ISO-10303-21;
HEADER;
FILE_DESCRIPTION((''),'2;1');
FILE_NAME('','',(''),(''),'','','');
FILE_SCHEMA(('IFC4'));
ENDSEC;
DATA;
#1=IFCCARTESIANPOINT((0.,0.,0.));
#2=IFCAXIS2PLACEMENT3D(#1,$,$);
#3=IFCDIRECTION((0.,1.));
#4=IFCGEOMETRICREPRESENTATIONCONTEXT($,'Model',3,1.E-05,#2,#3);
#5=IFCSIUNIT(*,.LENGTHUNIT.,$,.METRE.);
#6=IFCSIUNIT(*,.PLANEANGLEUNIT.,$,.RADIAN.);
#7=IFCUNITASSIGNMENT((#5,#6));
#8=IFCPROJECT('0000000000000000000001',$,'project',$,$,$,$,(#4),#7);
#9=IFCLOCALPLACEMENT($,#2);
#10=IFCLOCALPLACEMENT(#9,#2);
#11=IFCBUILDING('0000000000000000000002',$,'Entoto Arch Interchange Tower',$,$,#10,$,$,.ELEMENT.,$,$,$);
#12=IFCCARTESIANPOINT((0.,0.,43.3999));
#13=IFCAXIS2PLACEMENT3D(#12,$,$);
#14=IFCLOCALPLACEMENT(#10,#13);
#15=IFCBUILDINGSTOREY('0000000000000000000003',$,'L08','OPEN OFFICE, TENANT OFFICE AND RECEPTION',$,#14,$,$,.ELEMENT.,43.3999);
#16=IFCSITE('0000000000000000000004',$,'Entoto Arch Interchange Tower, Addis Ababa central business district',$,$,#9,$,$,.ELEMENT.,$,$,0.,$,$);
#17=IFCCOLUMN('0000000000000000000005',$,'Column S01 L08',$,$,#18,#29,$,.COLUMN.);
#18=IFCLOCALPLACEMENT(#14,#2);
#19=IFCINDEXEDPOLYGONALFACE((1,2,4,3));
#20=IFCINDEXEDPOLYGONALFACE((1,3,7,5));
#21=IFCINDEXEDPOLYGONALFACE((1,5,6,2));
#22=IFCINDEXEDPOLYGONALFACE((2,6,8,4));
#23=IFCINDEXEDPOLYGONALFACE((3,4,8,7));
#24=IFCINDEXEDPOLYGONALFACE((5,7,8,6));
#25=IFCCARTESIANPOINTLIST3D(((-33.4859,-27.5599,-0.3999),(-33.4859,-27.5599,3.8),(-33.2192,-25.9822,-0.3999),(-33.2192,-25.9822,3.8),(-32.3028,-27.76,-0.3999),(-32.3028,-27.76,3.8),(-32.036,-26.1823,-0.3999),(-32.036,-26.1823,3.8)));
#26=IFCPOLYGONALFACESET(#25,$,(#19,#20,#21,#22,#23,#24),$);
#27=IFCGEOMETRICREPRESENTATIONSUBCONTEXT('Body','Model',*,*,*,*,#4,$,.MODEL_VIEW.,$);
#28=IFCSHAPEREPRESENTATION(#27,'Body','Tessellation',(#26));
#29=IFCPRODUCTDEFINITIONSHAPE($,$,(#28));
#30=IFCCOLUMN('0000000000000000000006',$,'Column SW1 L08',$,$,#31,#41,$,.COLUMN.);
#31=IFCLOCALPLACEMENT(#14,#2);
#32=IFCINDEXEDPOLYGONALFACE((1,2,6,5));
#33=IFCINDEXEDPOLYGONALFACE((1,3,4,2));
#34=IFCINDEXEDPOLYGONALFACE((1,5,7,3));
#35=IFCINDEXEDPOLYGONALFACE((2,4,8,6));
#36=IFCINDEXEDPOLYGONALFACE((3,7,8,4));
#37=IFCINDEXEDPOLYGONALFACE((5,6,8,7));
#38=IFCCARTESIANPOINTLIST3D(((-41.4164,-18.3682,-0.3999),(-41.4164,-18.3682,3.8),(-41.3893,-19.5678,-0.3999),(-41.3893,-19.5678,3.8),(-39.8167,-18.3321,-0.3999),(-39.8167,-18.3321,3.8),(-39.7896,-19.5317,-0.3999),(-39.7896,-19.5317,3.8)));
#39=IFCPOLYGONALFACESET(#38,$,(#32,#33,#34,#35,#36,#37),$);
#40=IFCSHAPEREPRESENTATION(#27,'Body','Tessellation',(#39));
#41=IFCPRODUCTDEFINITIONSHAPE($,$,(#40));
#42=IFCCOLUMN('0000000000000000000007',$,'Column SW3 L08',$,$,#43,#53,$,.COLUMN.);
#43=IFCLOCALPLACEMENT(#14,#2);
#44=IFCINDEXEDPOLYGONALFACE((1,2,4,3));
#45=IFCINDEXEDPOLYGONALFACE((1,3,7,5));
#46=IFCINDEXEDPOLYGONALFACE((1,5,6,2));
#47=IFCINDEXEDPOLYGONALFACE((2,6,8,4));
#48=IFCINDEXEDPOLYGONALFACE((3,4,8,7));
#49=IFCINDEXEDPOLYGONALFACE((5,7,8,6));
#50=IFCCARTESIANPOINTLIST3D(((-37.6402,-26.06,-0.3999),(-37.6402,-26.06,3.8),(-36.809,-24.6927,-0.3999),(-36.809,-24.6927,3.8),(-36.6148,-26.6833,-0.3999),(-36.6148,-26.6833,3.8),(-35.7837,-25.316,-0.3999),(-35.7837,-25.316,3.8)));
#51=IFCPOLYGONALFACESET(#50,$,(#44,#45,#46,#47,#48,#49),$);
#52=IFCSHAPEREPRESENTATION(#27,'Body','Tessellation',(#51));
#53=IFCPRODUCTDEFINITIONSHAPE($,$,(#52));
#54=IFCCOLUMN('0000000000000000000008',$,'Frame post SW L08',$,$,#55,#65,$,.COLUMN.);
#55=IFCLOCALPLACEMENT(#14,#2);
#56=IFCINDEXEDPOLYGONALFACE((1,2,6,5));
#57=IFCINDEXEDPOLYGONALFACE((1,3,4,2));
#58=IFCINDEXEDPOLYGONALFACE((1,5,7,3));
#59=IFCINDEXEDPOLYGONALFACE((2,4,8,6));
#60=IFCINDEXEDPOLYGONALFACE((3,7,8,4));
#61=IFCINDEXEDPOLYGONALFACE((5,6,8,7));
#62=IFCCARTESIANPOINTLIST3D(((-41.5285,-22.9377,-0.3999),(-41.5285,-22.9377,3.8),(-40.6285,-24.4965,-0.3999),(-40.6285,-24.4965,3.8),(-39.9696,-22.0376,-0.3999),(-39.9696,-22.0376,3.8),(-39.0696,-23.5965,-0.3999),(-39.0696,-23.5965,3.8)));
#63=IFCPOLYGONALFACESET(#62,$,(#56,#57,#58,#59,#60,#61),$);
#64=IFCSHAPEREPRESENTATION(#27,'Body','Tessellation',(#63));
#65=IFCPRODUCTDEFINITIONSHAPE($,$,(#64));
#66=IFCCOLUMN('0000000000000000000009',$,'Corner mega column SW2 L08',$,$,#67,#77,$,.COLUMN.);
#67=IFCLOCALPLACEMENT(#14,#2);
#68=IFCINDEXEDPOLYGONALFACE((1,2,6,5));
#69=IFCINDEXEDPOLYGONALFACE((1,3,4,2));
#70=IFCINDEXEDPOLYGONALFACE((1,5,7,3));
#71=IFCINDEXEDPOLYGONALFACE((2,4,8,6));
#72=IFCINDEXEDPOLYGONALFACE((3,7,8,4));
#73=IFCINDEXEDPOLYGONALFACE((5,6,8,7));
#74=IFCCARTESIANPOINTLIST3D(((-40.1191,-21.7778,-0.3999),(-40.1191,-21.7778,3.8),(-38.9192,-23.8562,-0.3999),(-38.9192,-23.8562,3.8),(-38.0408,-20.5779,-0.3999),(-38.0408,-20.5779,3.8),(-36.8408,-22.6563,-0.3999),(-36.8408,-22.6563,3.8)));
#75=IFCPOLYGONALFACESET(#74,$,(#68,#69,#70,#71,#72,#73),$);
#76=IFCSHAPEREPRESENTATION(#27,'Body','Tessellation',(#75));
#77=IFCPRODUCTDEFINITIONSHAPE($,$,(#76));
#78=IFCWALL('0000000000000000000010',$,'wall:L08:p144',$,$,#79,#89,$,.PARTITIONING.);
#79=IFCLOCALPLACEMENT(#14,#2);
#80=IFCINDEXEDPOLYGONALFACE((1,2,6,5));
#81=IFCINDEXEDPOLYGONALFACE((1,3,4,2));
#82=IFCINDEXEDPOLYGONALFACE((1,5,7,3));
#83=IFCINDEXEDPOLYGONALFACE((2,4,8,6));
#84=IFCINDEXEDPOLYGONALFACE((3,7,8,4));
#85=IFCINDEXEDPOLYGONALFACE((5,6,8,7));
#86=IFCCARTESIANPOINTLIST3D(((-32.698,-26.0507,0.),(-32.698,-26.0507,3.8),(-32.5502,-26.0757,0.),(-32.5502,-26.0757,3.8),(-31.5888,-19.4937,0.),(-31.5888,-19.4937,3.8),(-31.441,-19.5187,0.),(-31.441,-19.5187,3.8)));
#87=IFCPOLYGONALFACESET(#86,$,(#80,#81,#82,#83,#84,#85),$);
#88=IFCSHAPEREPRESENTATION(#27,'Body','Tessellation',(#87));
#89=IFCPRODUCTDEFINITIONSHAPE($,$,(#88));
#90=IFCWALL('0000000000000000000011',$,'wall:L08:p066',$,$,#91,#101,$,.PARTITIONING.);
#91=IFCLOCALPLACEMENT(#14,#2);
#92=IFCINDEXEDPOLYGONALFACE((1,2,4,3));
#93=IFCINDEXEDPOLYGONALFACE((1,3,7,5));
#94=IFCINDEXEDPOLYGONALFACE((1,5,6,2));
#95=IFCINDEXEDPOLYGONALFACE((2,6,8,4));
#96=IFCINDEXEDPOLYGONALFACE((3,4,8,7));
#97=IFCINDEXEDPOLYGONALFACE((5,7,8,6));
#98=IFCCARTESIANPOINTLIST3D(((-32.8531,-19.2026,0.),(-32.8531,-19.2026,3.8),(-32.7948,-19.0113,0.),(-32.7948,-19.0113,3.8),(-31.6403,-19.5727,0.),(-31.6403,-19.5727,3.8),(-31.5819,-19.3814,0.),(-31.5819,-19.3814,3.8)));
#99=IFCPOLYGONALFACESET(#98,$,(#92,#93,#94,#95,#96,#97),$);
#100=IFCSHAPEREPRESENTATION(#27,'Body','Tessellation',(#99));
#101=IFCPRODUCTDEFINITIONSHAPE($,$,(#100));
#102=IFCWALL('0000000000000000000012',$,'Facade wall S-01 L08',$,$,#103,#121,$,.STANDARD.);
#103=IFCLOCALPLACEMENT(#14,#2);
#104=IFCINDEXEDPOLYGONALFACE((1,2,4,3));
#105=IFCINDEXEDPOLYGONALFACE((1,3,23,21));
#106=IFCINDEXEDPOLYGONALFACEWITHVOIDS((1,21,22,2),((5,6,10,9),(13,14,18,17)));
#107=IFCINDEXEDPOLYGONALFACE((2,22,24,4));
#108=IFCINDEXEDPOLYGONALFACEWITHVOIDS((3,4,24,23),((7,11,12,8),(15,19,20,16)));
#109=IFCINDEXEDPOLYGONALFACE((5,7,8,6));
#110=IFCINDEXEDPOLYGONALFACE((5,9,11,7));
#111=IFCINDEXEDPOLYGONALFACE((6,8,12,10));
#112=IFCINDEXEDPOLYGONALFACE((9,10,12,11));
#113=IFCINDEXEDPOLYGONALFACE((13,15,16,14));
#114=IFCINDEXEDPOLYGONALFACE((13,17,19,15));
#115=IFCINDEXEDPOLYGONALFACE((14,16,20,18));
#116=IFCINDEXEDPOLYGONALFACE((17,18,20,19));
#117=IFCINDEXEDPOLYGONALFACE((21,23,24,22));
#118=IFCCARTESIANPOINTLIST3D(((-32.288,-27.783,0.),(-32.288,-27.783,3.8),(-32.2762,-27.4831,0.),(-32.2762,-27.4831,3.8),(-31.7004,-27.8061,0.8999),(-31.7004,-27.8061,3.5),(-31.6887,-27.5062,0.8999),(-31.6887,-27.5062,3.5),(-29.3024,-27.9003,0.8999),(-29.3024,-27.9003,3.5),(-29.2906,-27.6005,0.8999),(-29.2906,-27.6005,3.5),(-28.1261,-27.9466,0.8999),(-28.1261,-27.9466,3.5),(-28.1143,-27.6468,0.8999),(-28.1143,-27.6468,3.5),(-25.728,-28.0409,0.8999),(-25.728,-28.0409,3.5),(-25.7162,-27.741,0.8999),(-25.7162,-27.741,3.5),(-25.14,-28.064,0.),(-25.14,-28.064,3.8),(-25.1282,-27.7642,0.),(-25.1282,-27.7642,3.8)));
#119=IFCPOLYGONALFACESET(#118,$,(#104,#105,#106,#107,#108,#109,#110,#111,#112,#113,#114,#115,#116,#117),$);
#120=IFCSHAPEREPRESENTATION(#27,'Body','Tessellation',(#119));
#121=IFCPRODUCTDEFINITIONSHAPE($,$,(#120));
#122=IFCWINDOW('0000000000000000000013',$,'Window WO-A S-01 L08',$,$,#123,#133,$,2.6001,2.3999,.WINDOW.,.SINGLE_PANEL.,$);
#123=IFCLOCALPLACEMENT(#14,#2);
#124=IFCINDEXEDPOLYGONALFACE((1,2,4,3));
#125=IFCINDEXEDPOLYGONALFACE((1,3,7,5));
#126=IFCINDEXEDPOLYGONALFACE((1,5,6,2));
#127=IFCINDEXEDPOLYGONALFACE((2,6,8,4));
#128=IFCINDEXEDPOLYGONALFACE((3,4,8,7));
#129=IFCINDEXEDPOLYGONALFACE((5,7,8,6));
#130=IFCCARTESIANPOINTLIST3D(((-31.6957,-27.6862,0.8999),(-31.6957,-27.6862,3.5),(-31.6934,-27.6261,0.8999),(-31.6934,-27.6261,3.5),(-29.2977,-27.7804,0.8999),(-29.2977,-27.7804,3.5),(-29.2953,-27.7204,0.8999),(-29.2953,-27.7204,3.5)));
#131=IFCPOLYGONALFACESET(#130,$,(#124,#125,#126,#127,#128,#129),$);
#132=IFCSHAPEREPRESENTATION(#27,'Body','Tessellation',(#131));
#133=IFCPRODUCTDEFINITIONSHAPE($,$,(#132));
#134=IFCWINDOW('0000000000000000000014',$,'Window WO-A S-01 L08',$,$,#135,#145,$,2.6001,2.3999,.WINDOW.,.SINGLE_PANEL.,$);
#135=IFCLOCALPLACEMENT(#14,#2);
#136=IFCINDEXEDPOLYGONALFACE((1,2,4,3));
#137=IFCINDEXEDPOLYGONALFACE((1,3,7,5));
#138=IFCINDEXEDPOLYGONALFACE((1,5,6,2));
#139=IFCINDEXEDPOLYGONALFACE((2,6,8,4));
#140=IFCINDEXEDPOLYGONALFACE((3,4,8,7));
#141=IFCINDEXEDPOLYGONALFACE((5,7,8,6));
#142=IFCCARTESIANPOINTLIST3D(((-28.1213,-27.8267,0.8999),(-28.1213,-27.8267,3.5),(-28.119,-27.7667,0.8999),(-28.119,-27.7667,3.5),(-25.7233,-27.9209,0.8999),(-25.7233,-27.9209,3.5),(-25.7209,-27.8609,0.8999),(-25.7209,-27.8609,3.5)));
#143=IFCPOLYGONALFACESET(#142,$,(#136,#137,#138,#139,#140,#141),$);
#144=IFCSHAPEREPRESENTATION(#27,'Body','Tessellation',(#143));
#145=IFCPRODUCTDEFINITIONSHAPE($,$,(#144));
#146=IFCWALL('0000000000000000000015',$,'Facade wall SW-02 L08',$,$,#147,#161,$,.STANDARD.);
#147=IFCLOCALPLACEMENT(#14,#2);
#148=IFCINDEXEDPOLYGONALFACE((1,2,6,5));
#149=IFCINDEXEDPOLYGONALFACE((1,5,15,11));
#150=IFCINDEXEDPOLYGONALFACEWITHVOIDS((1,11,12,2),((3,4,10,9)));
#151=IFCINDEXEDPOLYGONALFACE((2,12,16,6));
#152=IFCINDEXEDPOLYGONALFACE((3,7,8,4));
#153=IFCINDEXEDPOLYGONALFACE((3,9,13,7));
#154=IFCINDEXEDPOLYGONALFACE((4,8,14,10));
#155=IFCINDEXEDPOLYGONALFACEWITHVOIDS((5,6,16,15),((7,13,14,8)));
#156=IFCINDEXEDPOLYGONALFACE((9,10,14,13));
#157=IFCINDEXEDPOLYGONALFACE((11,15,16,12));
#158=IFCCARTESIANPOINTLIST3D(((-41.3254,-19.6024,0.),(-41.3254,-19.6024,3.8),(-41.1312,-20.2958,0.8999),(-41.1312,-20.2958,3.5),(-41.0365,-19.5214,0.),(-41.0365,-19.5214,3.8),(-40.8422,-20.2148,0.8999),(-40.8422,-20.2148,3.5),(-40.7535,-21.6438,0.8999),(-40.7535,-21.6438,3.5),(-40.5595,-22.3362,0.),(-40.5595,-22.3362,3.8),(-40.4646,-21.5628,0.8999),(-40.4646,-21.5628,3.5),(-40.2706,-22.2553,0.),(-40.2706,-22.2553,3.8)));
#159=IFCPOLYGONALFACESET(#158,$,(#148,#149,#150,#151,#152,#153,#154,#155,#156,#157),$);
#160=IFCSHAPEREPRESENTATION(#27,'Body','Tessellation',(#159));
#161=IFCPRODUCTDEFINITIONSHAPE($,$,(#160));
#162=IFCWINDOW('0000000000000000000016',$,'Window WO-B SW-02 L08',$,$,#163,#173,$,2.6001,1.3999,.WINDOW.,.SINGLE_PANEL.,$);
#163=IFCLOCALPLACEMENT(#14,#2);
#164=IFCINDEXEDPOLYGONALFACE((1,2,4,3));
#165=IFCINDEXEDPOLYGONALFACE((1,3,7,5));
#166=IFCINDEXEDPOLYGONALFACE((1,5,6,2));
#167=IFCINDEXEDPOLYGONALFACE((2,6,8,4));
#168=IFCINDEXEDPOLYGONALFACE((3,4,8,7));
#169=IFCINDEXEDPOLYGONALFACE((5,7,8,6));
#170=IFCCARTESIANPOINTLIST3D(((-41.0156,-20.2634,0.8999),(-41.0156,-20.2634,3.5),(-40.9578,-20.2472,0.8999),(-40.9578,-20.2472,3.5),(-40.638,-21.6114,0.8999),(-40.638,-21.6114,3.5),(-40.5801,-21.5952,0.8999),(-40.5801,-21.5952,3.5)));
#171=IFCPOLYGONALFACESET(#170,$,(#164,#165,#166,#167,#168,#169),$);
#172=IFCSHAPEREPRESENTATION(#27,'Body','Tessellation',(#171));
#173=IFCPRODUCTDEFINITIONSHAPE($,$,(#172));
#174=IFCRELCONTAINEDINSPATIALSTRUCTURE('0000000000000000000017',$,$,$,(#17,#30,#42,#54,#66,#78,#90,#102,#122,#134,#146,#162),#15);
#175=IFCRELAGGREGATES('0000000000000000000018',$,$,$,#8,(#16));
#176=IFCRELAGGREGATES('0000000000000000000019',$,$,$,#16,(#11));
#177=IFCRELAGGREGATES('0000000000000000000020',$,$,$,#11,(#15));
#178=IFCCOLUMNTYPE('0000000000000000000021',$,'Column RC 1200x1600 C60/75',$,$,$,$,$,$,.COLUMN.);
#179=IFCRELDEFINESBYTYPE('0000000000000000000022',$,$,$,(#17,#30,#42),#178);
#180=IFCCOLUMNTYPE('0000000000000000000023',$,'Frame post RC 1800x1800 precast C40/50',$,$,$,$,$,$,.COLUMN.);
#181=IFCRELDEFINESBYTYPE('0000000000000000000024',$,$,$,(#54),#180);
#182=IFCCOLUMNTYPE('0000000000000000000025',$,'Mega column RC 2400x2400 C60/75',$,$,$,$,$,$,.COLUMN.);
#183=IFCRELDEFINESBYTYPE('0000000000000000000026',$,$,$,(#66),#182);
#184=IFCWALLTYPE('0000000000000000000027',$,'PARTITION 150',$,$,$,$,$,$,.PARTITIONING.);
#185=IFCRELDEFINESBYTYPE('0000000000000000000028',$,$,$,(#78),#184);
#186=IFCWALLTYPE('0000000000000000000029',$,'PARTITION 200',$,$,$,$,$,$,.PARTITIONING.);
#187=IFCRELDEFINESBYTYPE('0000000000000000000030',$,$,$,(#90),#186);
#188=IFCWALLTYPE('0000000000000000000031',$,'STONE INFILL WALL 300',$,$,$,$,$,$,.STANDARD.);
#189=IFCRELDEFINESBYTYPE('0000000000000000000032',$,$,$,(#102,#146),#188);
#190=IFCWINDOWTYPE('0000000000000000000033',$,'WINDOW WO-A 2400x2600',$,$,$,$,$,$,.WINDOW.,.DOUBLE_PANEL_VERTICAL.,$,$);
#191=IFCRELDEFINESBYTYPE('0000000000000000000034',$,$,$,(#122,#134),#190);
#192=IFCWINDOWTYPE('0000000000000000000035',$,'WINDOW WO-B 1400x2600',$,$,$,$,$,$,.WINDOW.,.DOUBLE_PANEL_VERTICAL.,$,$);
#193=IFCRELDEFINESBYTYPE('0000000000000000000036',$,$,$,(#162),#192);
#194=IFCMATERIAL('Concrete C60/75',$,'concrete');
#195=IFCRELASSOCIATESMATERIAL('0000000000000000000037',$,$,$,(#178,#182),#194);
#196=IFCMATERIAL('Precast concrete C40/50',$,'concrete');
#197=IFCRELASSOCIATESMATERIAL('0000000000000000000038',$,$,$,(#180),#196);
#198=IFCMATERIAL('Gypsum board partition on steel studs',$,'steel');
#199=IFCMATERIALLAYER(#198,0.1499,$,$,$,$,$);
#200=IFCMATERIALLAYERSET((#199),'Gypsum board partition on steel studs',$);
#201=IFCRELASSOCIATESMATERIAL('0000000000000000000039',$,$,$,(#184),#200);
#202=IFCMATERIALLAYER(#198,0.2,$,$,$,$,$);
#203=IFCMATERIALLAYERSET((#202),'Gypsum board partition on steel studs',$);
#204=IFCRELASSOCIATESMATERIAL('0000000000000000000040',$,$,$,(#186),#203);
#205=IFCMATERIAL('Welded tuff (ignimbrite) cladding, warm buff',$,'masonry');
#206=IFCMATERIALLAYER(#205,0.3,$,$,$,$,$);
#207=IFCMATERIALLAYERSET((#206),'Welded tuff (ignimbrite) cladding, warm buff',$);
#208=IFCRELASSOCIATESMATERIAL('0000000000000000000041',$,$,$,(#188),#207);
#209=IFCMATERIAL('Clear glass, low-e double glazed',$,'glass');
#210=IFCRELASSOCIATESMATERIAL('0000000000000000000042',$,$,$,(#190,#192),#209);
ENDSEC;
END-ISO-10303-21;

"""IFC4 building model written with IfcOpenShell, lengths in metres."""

from ifc_helpers import new_model, si_unit, direction, frame, frame_2d, origin, origin_2d, place, context, subcontext, project, spatial, rectangle, extrude, material, layer, layer_set, material_profile, profile_set, type_object, element, fill, save


model = new_model("IFC4")

# Units and contexts
model_context = context("Model", 3, precision=1e-05, world=origin(), true_north=direction((0.0, 1.0)))
body_context = subcontext(model_context, "Body", "Model", "MODEL_VIEW")
ifc_project = project(units=[si_unit("LENGTHUNIT", "METRE"), si_unit("PLANEANGLEUNIT", "RADIAN")], contexts=[model_context])

# Site, building, storey
site_placement = place(None, origin())
site = spatial("IfcSite", under=ifc_project, at=site_placement, Name="Entoto Arch Interchange Tower, Addis Ababa central business district", CompositionType="ELEMENT", RefElevation=0.0)
building_placement = place(site_placement, origin())
building = spatial("IfcBuilding", under=site, at=building_placement, Name="Entoto Arch Interchange Tower", CompositionType="ELEMENT")
storey_placement = place(building_placement, frame((0.0, 0.0, 43.3999)))
storey = spatial("IfcBuildingStorey", under=building, at=storey_placement, Name="L08", Description="OPEN OFFICE, TENANT OFFICE AND RECEPTION", CompositionType="ELEMENT", Elevation=43.3999)

# Columns
ifc_material_1 = material(Name="Concrete C60/75", Category="concrete")
ifc_material_profile_1 = material_profile(ifc_material_1, rectangle(XDim=1.2, YDim=1.6001, at=origin_2d()))
ifc_profile_set_1 = profile_set([ifc_material_profile_1], Name="Concrete C60/75")
column_type_1 = type_object("IfcColumnType", Name="Column RC 1200x1600 C60/75", PredefinedType="COLUMN", material=ifc_profile_set_1)
for number, where, z_axis, x_axis, name in (
    (1, (-32.761, -26.8711, -0.3999), (0.0, 0.0, 1.0), (-0.986005, 0.166717, 0.0), "Column S01 L08"),
    (2, (-40.603, -18.95, -0.3999), (0.0, 0.0, 1.0), (-0.022565, 0.999745, 0.0), "Column SW1 L08"),
    (3, (-36.7119, -25.688, -0.3999), (0.0, 0.0, 1.0), (-0.854522, 0.519415, 0.0), "Column SW3 L08"),
):
    element("IfcColumn", number, at=place(storey_placement, frame(where, z_axis=z_axis, x_axis=x_axis)), inside=storey, type_object=column_type_1, Name=name, PredefinedType="COLUMN", context=body_context, shape_type="SweptSolid", body=[
        extrude(rectangle(XDim=1.2, YDim=1.6001, at=origin_2d()), origin(), (0.0, 0.0, 1.0), 4.2),
    ])
ifc_material_2 = material(Name="Precast concrete C40/50", Category="concrete")
ifc_material_profile_2 = material_profile(ifc_material_2, rectangle(XDim=1.8, YDim=1.8, at=origin_2d()))
ifc_profile_set_2 = profile_set([ifc_material_profile_2], Name="Precast concrete C40/50")
column_type_2 = type_object("IfcColumnType", Name="Frame post RC 1800x1800 precast C40/50", PredefinedType="COLUMN", material=ifc_profile_set_2)
column_1_placement = place(storey_placement, frame((-40.2991, -23.2671, -0.3999), z_axis=(0.0, 0.0, 1.0), x_axis=(0.866025, 0.5, 0.0)))
element("IfcColumn", 4, at=column_1_placement, inside=storey, type_object=column_type_2, Name="Frame post SW L08", PredefinedType="COLUMN", context=body_context, shape_type="SweptSolid", body=[
    extrude(rectangle(XDim=1.8, YDim=1.8, at=origin_2d()), origin(), (0.0, 0.0, 1.0), 4.2),
])
ifc_material_profile_3 = material_profile(ifc_material_1, rectangle(XDim=2.3999, YDim=2.3999, at=origin_2d()))
ifc_profile_set_3 = profile_set([ifc_material_profile_3], Name="Concrete C60/75")
column_type_3 = type_object("IfcColumnType", Name="Mega column RC 2400x2400 C60/75", PredefinedType="COLUMN", material=ifc_profile_set_3)
column_2_placement = place(storey_placement, frame((-38.48, -22.217, -0.3999), z_axis=(0.0, 0.0, 1.0), x_axis=(0.866025, 0.5, 0.0)))
element("IfcColumn", 5, at=column_2_placement, inside=storey, type_object=column_type_3, Name="Corner mega column SW2 L08", PredefinedType="COLUMN", context=body_context, shape_type="SweptSolid", body=[
    extrude(rectangle(XDim=2.3999, YDim=2.3999, at=origin_2d()), origin(), (0.0, 0.0, 1.0), 4.2),
])

# Walls
ifc_material_3 = material(Name="Gypsum board partition on steel studs", Category="steel")
ifc_layer_1 = layer(ifc_material_3, 0.1499)
ifc_layer_set_1 = layer_set([ifc_layer_1], Name="Gypsum board partition on steel studs")
wall_type_1 = type_object("IfcWallType", Name="PARTITION 150", PredefinedType="PARTITIONING", material=ifc_layer_set_1)
wall_1_placement = place(storey_placement, frame((-31.5149, -19.5061, 0.0), z_axis=(0.0, 0.0, 1.0), x_axis=(-0.166786, -0.985993, 0.0)))
element("IfcWall", 6, at=wall_1_placement, inside=storey, type_object=wall_type_1, Name="wall:L08:p144", PredefinedType="PARTITIONING", context=body_context, shape_type="SweptSolid", body=[
    extrude(rectangle(XDim=6.6501, YDim=0.1499, at=frame_2d((3.3252, 0.0))), origin(), (0.0, 0.0, 1.0), 3.8),
])
ifc_layer_2 = layer(ifc_material_3, 0.2)
ifc_layer_set_2 = layer_set([ifc_layer_2], Name="Gypsum board partition on steel studs")
wall_type_2 = type_object("IfcWallType", Name="PARTITION 200", PredefinedType="PARTITIONING", material=ifc_layer_set_2)
wall_2_placement = place(storey_placement, frame((-31.6111, -19.4771, 0.0), z_axis=(0.0, 0.0, 1.0), x_axis=(-0.956459, 0.291866, 0.0)))
element("IfcWall", 7, at=wall_2_placement, inside=storey, type_object=wall_type_2, Name="wall:L08:p066", PredefinedType="PARTITIONING", context=body_context, shape_type="SweptSolid", body=[
    extrude(rectangle(XDim=1.2681, YDim=0.2, at=frame_2d((0.634, 0.0))), origin(), (0.0, 0.0, 1.0), 3.8),
])

# Wall, openings, windows
ifc_material_4 = material(Name="Welded tuff (ignimbrite) cladding, warm buff", Category="masonry")
ifc_layer_3 = layer(ifc_material_4, 0.3)
ifc_layer_set_3 = layer_set([ifc_layer_3], Name="Welded tuff (ignimbrite) cladding, warm buff")
wall_type_3 = type_object("IfcWallType", Name="STONE INFILL WALL 300", PredefinedType="STANDARD", material=ifc_layer_set_3)
wall_3_placement = place(storey_placement, frame((-32.282, -27.6331, 0.0), z_axis=(0.0, 0.0, 1.0), x_axis=(0.999228, -0.039282, 0.0)))
wall_3 = element("IfcWall", 8, at=wall_3_placement, inside=storey, type_object=wall_type_3, Name="Facade wall S-01 L08", PredefinedType="STANDARD", context=body_context, shape_type="SweptSolid", body=[
    extrude(rectangle(XDim=7.1536, YDim=0.3, at=frame_2d((3.5767, 0.0))), origin(), (0.0, 0.0, 1.0), 3.8),
])
opening_1_placement = place(wall_3_placement, frame((0.5879, 0.0, 0.8999)))
opening_1 = element("IfcOpeningElement", 9, at=opening_1_placement, cuts=wall_3, PredefinedType="OPENING", context=body_context, shape_type="SweptSolid", body=[
    extrude(rectangle(XDim=2.3999, YDim=2.6001, at=frame_2d((1.2, 1.3))), frame((0.0, 0.1602, 0.0), z_axis=(0.0, -1.0, 0.0), x_axis=(1.0, 0.0, 0.0)), (0.0, 0.0, 1.0), 0.3201),
])
opening_2_placement = place(wall_3_placement, frame((4.165, 0.0, 0.8999)))
opening_2 = element("IfcOpeningElement", 10, at=opening_2_placement, cuts=wall_3, PredefinedType="OPENING", context=body_context, shape_type="SweptSolid", body=[
    extrude(rectangle(XDim=2.3999, YDim=2.6001, at=frame_2d((1.2, 1.3))), frame((0.0, 0.1602, 0.0), z_axis=(0.0, -1.0, 0.0), x_axis=(1.0, 0.0, 0.0)), (0.0, 0.0, 1.0), 0.3201),
])
ifc_material_5 = material(Name="Clear glass, low-e double glazed", Category="glass")
window_type_1 = type_object("IfcWindowType", Name="WINDOW WO-A 2400x2600", PartitioningType="DOUBLE_PANEL_VERTICAL", PredefinedType="WINDOW", material=ifc_material_5)
window_1_placement = place(opening_1_placement, origin())
window_1 = element("IfcWindow", 11, at=window_1_placement, inside=storey, type_object=window_type_1, Name="Window WO-A S-01 L08", OverallHeight=2.6001, OverallWidth=2.3999, PartitioningType="SINGLE_PANEL", PredefinedType="WINDOW", context=body_context, shape_type="SweptSolid", body=[
    extrude(rectangle(XDim=2.3999, YDim=2.6001, at=frame_2d((1.2, 1.3))), frame((0.0, 0.03, 0.0), z_axis=(0.0, -1.0, 0.0), x_axis=(1.0, 0.0, 0.0)), (0.0, 0.0, 1.0), 0.0601),
])
fill(opening_1, window_1)
window_2_placement = place(opening_2_placement, origin())
window_2 = element("IfcWindow", 12, at=window_2_placement, inside=storey, type_object=window_type_1, Name="Window WO-A S-01 L08", OverallHeight=2.6001, OverallWidth=2.3999, PartitioningType="SINGLE_PANEL", PredefinedType="WINDOW", context=body_context, shape_type="SweptSolid", body=[
    extrude(rectangle(XDim=2.3999, YDim=2.6001, at=frame_2d((1.2, 1.3))), frame((0.0, 0.03, 0.0), z_axis=(0.0, -1.0, 0.0), x_axis=(1.0, 0.0, 0.0)), (0.0, 0.0, 1.0), 0.0601),
])
fill(opening_2, window_2)

# Wall, opening, window
wall_4_placement = place(storey_placement, frame((-41.1809, -19.562, 0.0), z_axis=(0.0, 0.0, 1.0), x_axis=(0.269754, -0.962929, 0.0)))
wall_4 = element("IfcWall", 13, at=wall_4_placement, inside=storey, type_object=wall_type_3, Name="Facade wall SW-02 L08", PredefinedType="STANDARD", context=body_context, shape_type="SweptSolid", body=[
    extrude(rectangle(XDim=2.8391, YDim=0.3, at=frame_2d((1.4194, 0.0))), origin(), (0.0, 0.0, 1.0), 3.8),
])
opening_3_placement = place(wall_4_placement, frame((0.72, 0.0, 0.8999)))
opening_3 = element("IfcOpeningElement", 14, at=opening_3_placement, cuts=wall_4, PredefinedType="OPENING", context=body_context, shape_type="SweptSolid", body=[
    extrude(rectangle(XDim=1.3999, YDim=2.6001, at=frame_2d((0.7, 1.3))), frame((0.0, 0.1602, 0.0), z_axis=(0.0, -1.0, 0.0), x_axis=(1.0, 0.0, 0.0)), (0.0, 0.0, 1.0), 0.3201),
])
window_type_2 = type_object("IfcWindowType", Name="WINDOW WO-B 1400x2600", PartitioningType="DOUBLE_PANEL_VERTICAL", PredefinedType="WINDOW", material=ifc_material_5)
window_3_placement = place(opening_3_placement, origin())
window_3 = element("IfcWindow", 15, at=window_3_placement, inside=storey, type_object=window_type_2, Name="Window WO-B SW-02 L08", OverallHeight=2.6001, OverallWidth=1.3999, PartitioningType="SINGLE_PANEL", PredefinedType="WINDOW", context=body_context, shape_type="SweptSolid", body=[
    extrude(rectangle(XDim=1.3999, YDim=2.6001, at=frame_2d((0.7, 1.3))), frame((0.0, 0.03, 0.0), z_axis=(0.0, -1.0, 0.0), x_axis=(1.0, 0.0, 0.0)), (0.0, 0.0, 1.0), 0.0601),
])
fill(opening_3, window_3)

save(model, "model.ifc")
